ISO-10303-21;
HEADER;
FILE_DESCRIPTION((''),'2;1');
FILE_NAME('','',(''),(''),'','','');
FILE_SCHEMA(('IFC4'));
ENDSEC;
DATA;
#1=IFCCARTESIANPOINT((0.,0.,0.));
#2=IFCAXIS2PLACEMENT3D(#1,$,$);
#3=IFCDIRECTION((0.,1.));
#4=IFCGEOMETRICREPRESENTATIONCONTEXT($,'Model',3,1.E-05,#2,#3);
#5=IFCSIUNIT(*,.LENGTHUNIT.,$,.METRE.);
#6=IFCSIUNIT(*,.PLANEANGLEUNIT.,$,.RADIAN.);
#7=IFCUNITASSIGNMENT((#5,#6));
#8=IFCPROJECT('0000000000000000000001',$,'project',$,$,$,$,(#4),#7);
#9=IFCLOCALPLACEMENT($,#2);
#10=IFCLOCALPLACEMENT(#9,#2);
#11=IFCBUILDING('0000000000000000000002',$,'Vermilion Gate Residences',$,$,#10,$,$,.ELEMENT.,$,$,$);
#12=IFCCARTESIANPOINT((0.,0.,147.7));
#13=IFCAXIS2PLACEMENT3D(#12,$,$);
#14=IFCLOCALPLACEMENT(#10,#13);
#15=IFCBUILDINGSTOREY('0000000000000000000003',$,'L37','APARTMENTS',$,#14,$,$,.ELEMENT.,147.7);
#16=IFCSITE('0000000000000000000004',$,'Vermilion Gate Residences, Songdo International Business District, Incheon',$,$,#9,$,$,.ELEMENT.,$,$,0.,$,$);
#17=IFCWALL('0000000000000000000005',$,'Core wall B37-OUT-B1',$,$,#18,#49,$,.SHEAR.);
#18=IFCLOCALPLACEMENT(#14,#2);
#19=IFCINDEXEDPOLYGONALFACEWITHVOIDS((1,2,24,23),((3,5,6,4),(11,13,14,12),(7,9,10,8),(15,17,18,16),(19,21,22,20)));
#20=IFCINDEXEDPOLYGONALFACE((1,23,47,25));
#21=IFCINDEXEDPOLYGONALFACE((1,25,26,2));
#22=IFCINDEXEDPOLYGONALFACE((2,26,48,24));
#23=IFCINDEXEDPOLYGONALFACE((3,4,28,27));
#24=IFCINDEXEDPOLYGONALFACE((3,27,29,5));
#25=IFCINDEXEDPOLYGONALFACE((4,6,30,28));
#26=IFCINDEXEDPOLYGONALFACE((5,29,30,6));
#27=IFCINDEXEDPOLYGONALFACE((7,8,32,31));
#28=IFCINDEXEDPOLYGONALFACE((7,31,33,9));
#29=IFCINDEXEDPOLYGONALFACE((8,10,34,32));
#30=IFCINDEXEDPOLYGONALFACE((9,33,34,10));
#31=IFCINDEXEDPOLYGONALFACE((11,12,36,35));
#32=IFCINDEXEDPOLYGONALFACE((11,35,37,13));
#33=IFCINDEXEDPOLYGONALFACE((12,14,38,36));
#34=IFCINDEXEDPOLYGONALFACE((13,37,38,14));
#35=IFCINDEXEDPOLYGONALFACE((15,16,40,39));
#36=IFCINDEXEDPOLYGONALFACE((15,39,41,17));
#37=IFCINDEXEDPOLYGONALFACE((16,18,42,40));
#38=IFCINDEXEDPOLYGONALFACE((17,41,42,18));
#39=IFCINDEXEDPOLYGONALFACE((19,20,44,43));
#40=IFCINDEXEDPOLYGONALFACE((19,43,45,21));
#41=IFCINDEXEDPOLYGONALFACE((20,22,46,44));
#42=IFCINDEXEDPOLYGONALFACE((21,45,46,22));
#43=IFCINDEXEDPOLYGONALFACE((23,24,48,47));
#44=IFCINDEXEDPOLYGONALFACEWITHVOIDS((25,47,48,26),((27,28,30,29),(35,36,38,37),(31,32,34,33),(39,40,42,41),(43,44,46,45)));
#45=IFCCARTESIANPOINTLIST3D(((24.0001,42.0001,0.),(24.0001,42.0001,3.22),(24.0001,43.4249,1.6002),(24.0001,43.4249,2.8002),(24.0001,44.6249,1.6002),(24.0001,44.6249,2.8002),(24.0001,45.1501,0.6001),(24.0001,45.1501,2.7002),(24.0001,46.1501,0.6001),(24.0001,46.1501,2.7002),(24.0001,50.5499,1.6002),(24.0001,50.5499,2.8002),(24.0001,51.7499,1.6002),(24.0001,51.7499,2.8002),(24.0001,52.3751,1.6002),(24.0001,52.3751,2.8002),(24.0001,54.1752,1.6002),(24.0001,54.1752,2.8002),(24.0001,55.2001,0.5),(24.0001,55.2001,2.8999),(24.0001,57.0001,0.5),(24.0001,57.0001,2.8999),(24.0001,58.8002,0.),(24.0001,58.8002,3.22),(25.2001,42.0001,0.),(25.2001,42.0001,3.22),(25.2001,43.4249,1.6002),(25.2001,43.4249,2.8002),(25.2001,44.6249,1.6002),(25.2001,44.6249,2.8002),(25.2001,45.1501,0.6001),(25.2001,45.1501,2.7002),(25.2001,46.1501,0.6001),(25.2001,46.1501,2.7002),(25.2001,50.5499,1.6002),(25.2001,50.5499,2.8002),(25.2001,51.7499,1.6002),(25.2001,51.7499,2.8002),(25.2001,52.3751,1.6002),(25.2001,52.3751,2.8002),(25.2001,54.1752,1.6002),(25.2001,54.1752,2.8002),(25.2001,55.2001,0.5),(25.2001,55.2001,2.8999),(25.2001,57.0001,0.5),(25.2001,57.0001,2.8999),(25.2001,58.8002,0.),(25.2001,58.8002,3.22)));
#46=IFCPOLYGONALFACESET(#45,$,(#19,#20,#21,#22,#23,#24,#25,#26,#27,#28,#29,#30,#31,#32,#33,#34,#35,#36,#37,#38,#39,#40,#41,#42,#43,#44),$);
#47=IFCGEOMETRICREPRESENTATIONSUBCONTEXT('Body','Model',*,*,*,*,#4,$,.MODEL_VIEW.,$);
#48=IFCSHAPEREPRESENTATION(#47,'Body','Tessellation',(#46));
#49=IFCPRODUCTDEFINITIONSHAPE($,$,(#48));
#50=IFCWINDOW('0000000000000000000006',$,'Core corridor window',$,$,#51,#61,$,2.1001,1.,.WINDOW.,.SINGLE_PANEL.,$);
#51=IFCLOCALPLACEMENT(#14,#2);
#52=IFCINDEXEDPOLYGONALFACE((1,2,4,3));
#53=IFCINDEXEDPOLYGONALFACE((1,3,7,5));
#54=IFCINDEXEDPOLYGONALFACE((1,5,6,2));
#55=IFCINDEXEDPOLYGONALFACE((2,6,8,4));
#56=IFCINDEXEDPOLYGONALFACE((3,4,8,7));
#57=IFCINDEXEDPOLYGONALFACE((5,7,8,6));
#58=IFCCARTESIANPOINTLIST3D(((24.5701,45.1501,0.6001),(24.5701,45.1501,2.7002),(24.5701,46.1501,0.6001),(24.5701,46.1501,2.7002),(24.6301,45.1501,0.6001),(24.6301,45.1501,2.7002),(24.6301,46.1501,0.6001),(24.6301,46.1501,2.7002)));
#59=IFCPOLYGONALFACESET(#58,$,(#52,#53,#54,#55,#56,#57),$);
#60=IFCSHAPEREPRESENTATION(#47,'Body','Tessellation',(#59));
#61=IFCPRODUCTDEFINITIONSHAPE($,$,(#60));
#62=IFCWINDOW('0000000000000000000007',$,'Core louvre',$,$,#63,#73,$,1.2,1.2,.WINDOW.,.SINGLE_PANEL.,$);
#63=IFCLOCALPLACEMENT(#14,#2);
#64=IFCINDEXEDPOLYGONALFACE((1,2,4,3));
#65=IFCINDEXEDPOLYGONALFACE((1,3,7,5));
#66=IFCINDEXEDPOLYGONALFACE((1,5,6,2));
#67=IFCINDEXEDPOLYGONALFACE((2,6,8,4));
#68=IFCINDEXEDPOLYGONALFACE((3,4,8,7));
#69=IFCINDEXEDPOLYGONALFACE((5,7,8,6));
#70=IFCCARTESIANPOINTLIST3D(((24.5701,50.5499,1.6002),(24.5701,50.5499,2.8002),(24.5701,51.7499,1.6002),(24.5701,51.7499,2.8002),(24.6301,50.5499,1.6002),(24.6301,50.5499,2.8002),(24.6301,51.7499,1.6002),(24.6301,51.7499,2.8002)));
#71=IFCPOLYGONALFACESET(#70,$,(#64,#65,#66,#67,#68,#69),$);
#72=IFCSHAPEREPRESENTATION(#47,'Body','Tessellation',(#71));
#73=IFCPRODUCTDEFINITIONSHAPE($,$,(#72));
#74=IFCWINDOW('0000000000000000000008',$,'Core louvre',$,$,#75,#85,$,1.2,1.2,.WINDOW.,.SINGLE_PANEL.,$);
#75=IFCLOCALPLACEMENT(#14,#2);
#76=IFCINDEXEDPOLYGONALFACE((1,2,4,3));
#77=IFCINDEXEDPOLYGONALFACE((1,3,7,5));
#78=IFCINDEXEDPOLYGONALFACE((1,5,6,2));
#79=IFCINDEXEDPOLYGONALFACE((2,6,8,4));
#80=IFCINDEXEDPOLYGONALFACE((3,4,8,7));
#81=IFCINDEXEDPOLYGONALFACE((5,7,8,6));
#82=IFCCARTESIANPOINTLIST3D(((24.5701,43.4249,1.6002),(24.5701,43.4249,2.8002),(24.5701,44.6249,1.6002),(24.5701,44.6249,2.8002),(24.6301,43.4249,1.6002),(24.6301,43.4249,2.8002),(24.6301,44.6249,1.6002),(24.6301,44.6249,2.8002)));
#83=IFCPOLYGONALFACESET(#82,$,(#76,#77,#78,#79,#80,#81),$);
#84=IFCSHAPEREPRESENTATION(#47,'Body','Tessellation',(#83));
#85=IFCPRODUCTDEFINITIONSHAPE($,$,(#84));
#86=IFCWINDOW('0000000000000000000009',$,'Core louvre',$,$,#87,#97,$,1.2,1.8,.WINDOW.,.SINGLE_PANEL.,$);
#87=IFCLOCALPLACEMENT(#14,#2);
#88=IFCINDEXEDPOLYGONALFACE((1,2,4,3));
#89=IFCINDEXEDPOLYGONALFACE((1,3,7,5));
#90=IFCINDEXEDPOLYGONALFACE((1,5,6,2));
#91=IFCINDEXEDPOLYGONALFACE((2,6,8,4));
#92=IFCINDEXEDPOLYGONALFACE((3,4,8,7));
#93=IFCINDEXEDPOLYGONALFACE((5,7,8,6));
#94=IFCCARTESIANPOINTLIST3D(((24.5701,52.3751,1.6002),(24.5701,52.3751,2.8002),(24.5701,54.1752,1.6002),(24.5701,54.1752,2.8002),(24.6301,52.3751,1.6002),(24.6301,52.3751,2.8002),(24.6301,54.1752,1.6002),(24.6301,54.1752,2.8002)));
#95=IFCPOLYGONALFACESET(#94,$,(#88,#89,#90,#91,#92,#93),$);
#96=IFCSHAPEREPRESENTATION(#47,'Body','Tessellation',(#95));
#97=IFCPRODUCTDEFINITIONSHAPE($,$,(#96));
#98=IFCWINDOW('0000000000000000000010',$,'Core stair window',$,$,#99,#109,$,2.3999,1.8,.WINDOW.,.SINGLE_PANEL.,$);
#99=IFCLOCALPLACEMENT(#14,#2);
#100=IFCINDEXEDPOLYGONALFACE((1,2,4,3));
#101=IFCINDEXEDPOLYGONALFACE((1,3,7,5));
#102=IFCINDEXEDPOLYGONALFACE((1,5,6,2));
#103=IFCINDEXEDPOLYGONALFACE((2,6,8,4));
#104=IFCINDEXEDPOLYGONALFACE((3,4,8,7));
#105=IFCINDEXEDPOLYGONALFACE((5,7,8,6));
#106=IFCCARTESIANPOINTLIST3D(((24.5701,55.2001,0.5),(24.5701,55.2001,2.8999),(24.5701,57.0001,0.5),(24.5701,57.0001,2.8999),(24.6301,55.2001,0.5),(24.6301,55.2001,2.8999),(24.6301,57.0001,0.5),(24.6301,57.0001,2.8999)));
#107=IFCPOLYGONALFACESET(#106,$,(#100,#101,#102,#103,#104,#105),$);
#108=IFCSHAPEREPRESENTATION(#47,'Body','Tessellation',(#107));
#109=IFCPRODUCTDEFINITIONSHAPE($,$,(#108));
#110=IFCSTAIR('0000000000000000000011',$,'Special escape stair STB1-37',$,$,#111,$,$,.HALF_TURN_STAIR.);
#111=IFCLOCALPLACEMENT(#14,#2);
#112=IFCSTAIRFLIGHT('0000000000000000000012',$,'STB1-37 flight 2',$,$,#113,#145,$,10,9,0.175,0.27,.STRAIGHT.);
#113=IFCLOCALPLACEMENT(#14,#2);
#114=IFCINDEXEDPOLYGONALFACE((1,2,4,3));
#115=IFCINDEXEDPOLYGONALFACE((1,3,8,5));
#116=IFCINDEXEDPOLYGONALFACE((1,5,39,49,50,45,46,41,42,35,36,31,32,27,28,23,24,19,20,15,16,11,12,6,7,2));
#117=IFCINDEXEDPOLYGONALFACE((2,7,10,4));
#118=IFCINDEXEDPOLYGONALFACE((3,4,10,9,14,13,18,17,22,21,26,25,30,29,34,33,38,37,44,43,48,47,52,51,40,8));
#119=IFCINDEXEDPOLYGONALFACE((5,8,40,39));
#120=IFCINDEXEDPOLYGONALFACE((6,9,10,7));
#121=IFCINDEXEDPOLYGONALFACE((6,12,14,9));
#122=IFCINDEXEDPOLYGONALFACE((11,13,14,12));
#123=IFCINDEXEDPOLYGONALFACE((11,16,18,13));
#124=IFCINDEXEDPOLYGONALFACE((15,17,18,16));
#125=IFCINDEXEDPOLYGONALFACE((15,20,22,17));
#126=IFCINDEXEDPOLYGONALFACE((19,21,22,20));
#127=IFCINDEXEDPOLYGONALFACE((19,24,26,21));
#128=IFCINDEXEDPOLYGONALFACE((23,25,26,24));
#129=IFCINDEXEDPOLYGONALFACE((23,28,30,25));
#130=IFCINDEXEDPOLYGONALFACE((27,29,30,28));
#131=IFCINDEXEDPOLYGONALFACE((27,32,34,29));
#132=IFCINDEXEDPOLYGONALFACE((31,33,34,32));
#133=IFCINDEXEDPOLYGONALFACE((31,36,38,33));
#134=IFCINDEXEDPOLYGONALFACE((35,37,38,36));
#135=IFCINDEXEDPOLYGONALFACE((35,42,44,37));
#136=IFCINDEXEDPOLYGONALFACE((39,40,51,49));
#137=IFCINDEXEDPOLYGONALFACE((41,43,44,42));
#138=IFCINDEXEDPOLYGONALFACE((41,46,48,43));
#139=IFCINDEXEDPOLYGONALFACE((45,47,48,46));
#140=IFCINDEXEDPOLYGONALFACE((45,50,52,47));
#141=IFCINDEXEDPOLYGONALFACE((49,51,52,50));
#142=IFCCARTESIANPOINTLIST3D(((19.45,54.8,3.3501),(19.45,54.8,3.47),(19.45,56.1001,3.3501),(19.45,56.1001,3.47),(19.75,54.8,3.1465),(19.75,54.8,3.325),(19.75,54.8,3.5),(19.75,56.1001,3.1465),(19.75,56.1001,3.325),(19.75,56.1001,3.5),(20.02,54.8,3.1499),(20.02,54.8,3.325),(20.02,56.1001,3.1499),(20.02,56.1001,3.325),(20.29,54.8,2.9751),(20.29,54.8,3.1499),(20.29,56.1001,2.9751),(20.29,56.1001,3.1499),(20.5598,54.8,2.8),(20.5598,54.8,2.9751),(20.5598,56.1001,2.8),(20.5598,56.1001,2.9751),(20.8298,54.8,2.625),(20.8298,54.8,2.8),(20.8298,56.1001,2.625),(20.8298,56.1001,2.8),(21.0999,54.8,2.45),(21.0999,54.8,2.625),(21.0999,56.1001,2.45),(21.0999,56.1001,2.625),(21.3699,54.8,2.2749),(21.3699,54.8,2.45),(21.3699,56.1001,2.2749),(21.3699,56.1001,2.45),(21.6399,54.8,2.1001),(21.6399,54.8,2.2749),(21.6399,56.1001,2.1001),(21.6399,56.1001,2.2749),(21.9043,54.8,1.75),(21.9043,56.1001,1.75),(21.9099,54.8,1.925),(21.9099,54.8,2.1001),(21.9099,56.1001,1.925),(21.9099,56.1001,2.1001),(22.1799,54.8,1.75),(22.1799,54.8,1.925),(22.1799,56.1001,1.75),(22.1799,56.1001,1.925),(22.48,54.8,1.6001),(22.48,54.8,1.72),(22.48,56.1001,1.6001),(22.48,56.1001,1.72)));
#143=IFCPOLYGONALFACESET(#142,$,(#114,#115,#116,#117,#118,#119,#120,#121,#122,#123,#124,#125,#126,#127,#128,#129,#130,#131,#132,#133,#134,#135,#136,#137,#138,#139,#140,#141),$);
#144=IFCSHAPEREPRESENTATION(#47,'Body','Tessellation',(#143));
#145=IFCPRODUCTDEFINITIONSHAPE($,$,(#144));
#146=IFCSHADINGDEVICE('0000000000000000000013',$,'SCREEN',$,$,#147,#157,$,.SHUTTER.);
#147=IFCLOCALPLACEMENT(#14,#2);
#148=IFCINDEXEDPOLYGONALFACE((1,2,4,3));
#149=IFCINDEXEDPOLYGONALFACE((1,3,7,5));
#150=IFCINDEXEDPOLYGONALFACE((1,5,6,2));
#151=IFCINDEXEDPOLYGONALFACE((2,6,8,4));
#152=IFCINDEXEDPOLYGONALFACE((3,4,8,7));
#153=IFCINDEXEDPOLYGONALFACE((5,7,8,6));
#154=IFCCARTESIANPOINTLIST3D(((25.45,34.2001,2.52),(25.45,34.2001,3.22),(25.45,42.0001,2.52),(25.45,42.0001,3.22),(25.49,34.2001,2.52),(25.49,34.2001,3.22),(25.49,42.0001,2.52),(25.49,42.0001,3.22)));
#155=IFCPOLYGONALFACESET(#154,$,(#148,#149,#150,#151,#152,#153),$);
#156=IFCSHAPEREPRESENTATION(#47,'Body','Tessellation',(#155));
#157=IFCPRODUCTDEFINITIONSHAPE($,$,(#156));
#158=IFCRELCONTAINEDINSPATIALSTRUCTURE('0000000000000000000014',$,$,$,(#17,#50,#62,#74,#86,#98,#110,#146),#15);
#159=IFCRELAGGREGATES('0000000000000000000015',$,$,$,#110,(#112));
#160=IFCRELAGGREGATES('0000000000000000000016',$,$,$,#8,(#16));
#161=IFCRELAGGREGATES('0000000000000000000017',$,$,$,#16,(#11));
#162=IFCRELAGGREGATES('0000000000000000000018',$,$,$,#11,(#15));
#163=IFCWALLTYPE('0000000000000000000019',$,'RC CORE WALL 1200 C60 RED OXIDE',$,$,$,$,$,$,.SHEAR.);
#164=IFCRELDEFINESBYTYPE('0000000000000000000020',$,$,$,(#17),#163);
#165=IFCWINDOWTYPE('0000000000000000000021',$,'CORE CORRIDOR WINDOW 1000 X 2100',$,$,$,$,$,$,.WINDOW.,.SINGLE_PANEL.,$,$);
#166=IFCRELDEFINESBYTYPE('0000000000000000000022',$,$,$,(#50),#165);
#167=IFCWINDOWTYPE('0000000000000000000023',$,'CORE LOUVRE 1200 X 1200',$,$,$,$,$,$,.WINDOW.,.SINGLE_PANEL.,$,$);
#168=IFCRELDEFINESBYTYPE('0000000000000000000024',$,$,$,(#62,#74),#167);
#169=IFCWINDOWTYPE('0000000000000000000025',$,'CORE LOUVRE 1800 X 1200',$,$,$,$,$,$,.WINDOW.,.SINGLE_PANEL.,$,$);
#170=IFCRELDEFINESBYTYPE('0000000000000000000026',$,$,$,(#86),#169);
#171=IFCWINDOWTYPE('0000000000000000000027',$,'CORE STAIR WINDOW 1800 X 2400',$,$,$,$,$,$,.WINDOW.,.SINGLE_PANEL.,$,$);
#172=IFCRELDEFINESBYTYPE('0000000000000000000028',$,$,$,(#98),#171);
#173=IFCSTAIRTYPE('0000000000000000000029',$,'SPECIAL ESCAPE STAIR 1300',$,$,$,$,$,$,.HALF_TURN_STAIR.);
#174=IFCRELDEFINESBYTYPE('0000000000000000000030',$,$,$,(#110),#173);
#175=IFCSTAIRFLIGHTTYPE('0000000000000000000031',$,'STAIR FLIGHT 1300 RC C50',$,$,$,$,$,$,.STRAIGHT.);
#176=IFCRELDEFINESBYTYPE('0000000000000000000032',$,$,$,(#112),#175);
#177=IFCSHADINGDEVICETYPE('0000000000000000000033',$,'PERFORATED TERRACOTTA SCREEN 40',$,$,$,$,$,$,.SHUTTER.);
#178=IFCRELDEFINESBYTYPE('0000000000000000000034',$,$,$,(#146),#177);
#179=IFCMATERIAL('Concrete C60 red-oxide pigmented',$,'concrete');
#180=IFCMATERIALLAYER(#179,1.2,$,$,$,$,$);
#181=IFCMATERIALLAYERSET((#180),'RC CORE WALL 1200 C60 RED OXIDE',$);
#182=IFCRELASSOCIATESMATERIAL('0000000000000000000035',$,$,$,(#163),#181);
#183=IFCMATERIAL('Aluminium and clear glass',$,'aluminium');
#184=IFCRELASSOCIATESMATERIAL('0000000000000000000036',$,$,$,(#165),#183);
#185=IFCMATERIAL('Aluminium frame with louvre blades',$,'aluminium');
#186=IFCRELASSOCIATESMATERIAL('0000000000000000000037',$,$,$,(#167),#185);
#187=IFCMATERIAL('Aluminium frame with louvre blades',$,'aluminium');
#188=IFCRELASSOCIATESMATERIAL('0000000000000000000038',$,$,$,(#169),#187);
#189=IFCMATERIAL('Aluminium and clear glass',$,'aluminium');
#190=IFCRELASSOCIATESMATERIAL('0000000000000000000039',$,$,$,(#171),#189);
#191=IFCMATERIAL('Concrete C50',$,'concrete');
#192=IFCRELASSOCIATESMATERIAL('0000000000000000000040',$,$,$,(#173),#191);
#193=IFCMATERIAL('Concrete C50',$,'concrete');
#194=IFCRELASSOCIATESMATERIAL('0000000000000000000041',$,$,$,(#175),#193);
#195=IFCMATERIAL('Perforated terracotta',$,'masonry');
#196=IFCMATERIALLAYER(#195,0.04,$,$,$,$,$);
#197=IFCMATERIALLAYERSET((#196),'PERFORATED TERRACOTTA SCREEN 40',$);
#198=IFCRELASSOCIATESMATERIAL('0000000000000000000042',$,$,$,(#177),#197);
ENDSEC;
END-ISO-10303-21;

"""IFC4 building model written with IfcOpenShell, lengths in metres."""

from ifc_helpers import new_model, si_unit, direction, frame, frame_2d, origin, origin_2d, place, context, subcontext, project, spatial, polyline, rectangle, outline, extrude, material, layer, layer_set, type_object, element, fill, aggregate, save


model = new_model("IFC4")

# Units and contexts
model_context = context("Model", 3, precision=1e-05, world=origin(), true_north=direction((0.0, 1.0)))
body_context = subcontext(model_context, "Body", "Model", "MODEL_VIEW")
ifc_project = project(units=[si_unit("LENGTHUNIT", "METRE"), si_unit("PLANEANGLEUNIT", "RADIAN")], contexts=[model_context])

# Site, building, storey
site_placement = place(None, origin())
site = spatial("IfcSite", under=ifc_project, at=site_placement, Name="Vermilion Gate Residences, Songdo International Business District, Incheon", CompositionType="ELEMENT", RefElevation=0.0)
building_placement = place(site_placement, origin())
building = spatial("IfcBuilding", under=site, at=building_placement, Name="Vermilion Gate Residences", CompositionType="ELEMENT")
storey_placement = place(building_placement, frame((0.0, 0.0, 147.7)))
storey = spatial("IfcBuildingStorey", under=building, at=storey_placement, Name="L37", Description="APARTMENTS", CompositionType="ELEMENT", Elevation=147.7)

# Wall, openings, windows
ifc_material_1 = material(Name="Concrete C60 red-oxide pigmented", Category="concrete")
ifc_layer_1 = layer(ifc_material_1, 1.2)
ifc_layer_set_1 = layer_set([ifc_layer_1], Name="RC CORE WALL 1200 C60 RED OXIDE")
wall_type_1 = type_object("IfcWallType", Name="RC CORE WALL 1200 C60 RED OXIDE", PredefinedType="SHEAR", material=ifc_layer_set_1)
wall_1_placement = place(storey_placement, frame((24.6001, 58.8, 0.0), z_axis=(0.0, 0.0, 1.0), x_axis=(0.0, -1.0, 0.0)))
wall_1 = element("IfcWall", 1, at=wall_1_placement, inside=storey, type_object=wall_type_1, Name="Core wall B37-OUT-B1", PredefinedType="SHEAR", context=body_context, shape_type="SweptSolid", body=[
    extrude(rectangle(XDim=16.8, YDim=1.2, at=frame_2d((8.3999, 0.0))), origin(), (0.0, 0.0, 1.0), 3.22),
])
opening_1_placement = place(wall_1_placement, frame((1.8, 0.0, 0.5)))
opening_1 = element("IfcOpeningElement", 2, at=opening_1_placement, cuts=wall_1, PredefinedType="OPENING", context=body_context, shape_type="SweptSolid", body=[
    extrude(rectangle(XDim=1.8, YDim=2.3999, at=frame_2d((0.8999, 1.2))), frame((0.0, 0.6099, 0.0), z_axis=(0.0, -1.0, 0.0), x_axis=(1.0, 0.0, 0.0)), (0.0, 0.0, 1.0), 1.22),
])
opening_2_placement = place(wall_1_placement, frame((4.625, 0.0, 1.6001)))
opening_2 = element("IfcOpeningElement", 3, at=opening_2_placement, cuts=wall_1, PredefinedType="OPENING", context=body_context, shape_type="SweptSolid", body=[
    extrude(rectangle(XDim=1.8, YDim=1.2, at=frame_2d((0.8999, 0.6001))), frame((0.0, 0.6099, 0.0), z_axis=(0.0, -1.0, 0.0), x_axis=(1.0, 0.0, 0.0)), (0.0, 0.0, 1.0), 1.22),
])
opening_3_placement = place(wall_1_placement, frame((7.05, 0.0, 1.6001)))
opening_3 = element("IfcOpeningElement", 4, at=opening_3_placement, cuts=wall_1, PredefinedType="OPENING", context=body_context, shape_type="SweptSolid", body=[
    extrude(rectangle(XDim=1.2, YDim=1.2, at=frame_2d((0.6001, 0.6001))), frame((0.0, 0.6099, 0.0), z_axis=(0.0, -1.0, 0.0), x_axis=(1.0, 0.0, 0.0)), (0.0, 0.0, 1.0), 1.22),
])
opening_4_placement = place(wall_1_placement, frame((12.6499, 0.0, 0.6001)))
opening_4 = element("IfcOpeningElement", 5, at=opening_4_placement, cuts=wall_1, PredefinedType="OPENING", context=body_context, shape_type="SweptSolid", body=[
    extrude(rectangle(XDim=1.0, YDim=2.1001, at=frame_2d((0.5, 1.05))), frame((0.0, 0.6099, 0.0), z_axis=(0.0, -1.0, 0.0), x_axis=(1.0, 0.0, 0.0)), (0.0, 0.0, 1.0), 1.22),
])
opening_5_placement = place(wall_1_placement, frame((14.175, 0.0, 1.6001)))
opening_5 = element("IfcOpeningElement", 6, at=opening_5_placement, cuts=wall_1, PredefinedType="OPENING", context=body_context, shape_type="SweptSolid", body=[
    extrude(rectangle(XDim=1.2, YDim=1.2, at=frame_2d((0.6001, 0.6001))), frame((0.0, 0.6099, 0.0), z_axis=(0.0, -1.0, 0.0), x_axis=(1.0, 0.0, 0.0)), (0.0, 0.0, 1.0), 1.22),
])
ifc_material_2 = material(Name="Aluminium and clear glass", Category="aluminium")
window_type_1 = type_object("IfcWindowType", Name="CORE CORRIDOR WINDOW 1000 X 2100", PartitioningType="SINGLE_PANEL", PredefinedType="WINDOW", material=ifc_material_2)
window_1_placement = place(opening_4_placement, origin())
window_1 = element("IfcWindow", 7, at=window_1_placement, inside=storey, type_object=window_type_1, Name="Core corridor window", OverallHeight=2.1001, OverallWidth=1.0, PartitioningType="SINGLE_PANEL", PredefinedType="WINDOW", context=body_context, shape_type="SweptSolid", body=[
    extrude(rectangle(XDim=1.0, YDim=2.1001, at=frame_2d((0.5, 1.05))), frame((0.0, 0.03, 0.0), z_axis=(0.0, -1.0, 0.0), x_axis=(1.0, 0.0, 0.0)), (0.0, 0.0, 1.0), 0.0601),
])
fill(opening_4, window_1)
ifc_material_3 = material(Name="Aluminium frame with louvre blades", Category="aluminium")
window_type_2 = type_object("IfcWindowType", Name="CORE LOUVRE 1200 X 1200", PartitioningType="SINGLE_PANEL", PredefinedType="WINDOW", material=ifc_material_3)
window_2_placement = place(opening_3_placement, origin())
window_2 = element("IfcWindow", 8, at=window_2_placement, inside=storey, type_object=window_type_2, Name="Core louvre", OverallHeight=1.2, OverallWidth=1.2, PartitioningType="SINGLE_PANEL", PredefinedType="WINDOW", context=body_context, shape_type="SweptSolid", body=[
    extrude(rectangle(XDim=1.2, YDim=1.2, at=frame_2d((0.6001, 0.6001))), frame((0.0, 0.03, 0.0), z_axis=(0.0, -1.0, 0.0), x_axis=(1.0, 0.0, 0.0)), (0.0, 0.0, 1.0), 0.0601),
])
fill(opening_3, window_2)
window_3_placement = place(opening_5_placement, origin())
window_3 = element("IfcWindow", 9, at=window_3_placement, inside=storey, type_object=window_type_2, Name="Core louvre", OverallHeight=1.2, OverallWidth=1.2, PartitioningType="SINGLE_PANEL", PredefinedType="WINDOW", context=body_context, shape_type="SweptSolid", body=[
    extrude(rectangle(XDim=1.2, YDim=1.2, at=frame_2d((0.6001, 0.6001))), frame((0.0, 0.03, 0.0), z_axis=(0.0, -1.0, 0.0), x_axis=(1.0, 0.0, 0.0)), (0.0, 0.0, 1.0), 0.0601),
])
fill(opening_5, window_3)
ifc_material_4 = material(Name="Aluminium frame with louvre blades", Category="aluminium")
window_type_3 = type_object("IfcWindowType", Name="CORE LOUVRE 1800 X 1200", PartitioningType="SINGLE_PANEL", PredefinedType="WINDOW", material=ifc_material_4)
window_4_placement = place(opening_2_placement, origin())
window_4 = element("IfcWindow", 10, at=window_4_placement, inside=storey, type_object=window_type_3, Name="Core louvre", OverallHeight=1.2, OverallWidth=1.8, PartitioningType="SINGLE_PANEL", PredefinedType="WINDOW", context=body_context, shape_type="SweptSolid", body=[
    extrude(rectangle(XDim=1.8, YDim=1.2, at=frame_2d((0.8999, 0.6001))), frame((0.0, 0.03, 0.0), z_axis=(0.0, -1.0, 0.0), x_axis=(1.0, 0.0, 0.0)), (0.0, 0.0, 1.0), 0.0601),
])
fill(opening_2, window_4)
ifc_material_5 = material(Name="Aluminium and clear glass", Category="aluminium")
window_type_4 = type_object("IfcWindowType", Name="CORE STAIR WINDOW 1800 X 2400", PartitioningType="SINGLE_PANEL", PredefinedType="WINDOW", material=ifc_material_5)
window_5_placement = place(opening_1_placement, origin())
window_5 = element("IfcWindow", 11, at=window_5_placement, inside=storey, type_object=window_type_4, Name="Core stair window", OverallHeight=2.3999, OverallWidth=1.8, PartitioningType="SINGLE_PANEL", PredefinedType="WINDOW", context=body_context, shape_type="SweptSolid", body=[
    extrude(rectangle(XDim=1.8, YDim=2.3999, at=frame_2d((0.8999, 1.2))), frame((0.0, 0.03, 0.0), z_axis=(0.0, -1.0, 0.0), x_axis=(1.0, 0.0, 0.0)), (0.0, 0.0, 1.0), 0.0601),
])
fill(opening_1, window_5)

# Stair, stair flight
ifc_material_6 = material(Name="Concrete C50", Category="concrete")
stair_type = type_object("IfcStairType", Name="SPECIAL ESCAPE STAIR 1300", PredefinedType="HALF_TURN_STAIR", material=ifc_material_6)
stair_placement = place(storey_placement, origin())
stair = element("IfcStair", 12, at=stair_placement, inside=storey, type_object=stair_type, Name="Special escape stair STB1-37", PredefinedType="HALF_TURN_STAIR")
ifc_material_7 = material(Name="Concrete C50", Category="concrete")
stair_flight_type = type_object("IfcStairFlightType", Name="STAIR FLIGHT 1300 RC C50", PredefinedType="STRAIGHT", material=ifc_material_7)
stair_flight_placement = place(storey_placement, frame((22.1799, 55.45, 1.75), z_axis=(0.0, 0.0, 1.0), x_axis=(-1.0, 0.0, 0.0)))
stair_flight = element("IfcStairFlight", 13, at=stair_flight_placement, type_object=stair_flight_type, Name="STB1-37 flight 2", NumberOfRisers=10, NumberOfTreads=9, PredefinedType="STRAIGHT", RiserHeight=0.175, TreadLength=0.27, context=body_context, shape_type="SweptSolid", body=[
    extrude(outline(polyline([(-0.3, -0.1499), (-0.3, -0.03), (0.0, 0.0), (0.0, 0.175), (0.27, 0.175), (0.27, 0.3501), (0.54, 0.3501), (0.54, 0.5249), (0.8101, 0.5249), (0.8101, 0.7), (1.0801, 0.7), (1.0801, 0.875), (1.3501, 0.875), (1.3501, 1.05), (1.6201, 1.05), (1.6201, 1.2251), (1.8899, 1.2251), (1.8899, 1.3999), (2.1599, 1.3999), (2.1599, 1.575), (2.4299, 1.575), (2.4299, 1.75), (2.73, 1.72), (2.73, 1.6001), (2.4299, 1.3965), (0.2756, 0.0), (-0.3, -0.1499)])), frame((0.0, 0.6499, 0.0), z_axis=(0.0, -1.0, 0.0), x_axis=(1.0, 0.0, 0.0)), (0.0, 0.0, 1.0), 1.3),
])
aggregate(stair, [stair_flight])

# Shading device
ifc_material_8 = material(Name="Perforated terracotta", Category="masonry")
ifc_layer_2 = layer(ifc_material_8, 0.04)
ifc_layer_set_2 = layer_set([ifc_layer_2], Name="PERFORATED TERRACOTTA SCREEN 40")
shading_device_type_1 = type_object("IfcShadingDeviceType", Name="PERFORATED TERRACOTTA SCREEN 40", PredefinedType="SHUTTER", material=ifc_layer_set_2)
shading_device_1_placement = place(storey_placement, frame((25.47, 38.1001, 2.52), z_axis=(0.0, 0.0, 1.0), x_axis=(0.0, 1.0, 0.0)))
element("IfcShadingDevice", 14, at=shading_device_1_placement, inside=storey, type_object=shading_device_type_1, Name="SCREEN", PredefinedType="SHUTTER", context=body_context, shape_type="SweptSolid", body=[
    extrude(rectangle(XDim=7.8, YDim=0.04, at=origin_2d()), origin(), (0.0, 0.0, 1.0), 0.7),
])

save(model, "model.ifc")
